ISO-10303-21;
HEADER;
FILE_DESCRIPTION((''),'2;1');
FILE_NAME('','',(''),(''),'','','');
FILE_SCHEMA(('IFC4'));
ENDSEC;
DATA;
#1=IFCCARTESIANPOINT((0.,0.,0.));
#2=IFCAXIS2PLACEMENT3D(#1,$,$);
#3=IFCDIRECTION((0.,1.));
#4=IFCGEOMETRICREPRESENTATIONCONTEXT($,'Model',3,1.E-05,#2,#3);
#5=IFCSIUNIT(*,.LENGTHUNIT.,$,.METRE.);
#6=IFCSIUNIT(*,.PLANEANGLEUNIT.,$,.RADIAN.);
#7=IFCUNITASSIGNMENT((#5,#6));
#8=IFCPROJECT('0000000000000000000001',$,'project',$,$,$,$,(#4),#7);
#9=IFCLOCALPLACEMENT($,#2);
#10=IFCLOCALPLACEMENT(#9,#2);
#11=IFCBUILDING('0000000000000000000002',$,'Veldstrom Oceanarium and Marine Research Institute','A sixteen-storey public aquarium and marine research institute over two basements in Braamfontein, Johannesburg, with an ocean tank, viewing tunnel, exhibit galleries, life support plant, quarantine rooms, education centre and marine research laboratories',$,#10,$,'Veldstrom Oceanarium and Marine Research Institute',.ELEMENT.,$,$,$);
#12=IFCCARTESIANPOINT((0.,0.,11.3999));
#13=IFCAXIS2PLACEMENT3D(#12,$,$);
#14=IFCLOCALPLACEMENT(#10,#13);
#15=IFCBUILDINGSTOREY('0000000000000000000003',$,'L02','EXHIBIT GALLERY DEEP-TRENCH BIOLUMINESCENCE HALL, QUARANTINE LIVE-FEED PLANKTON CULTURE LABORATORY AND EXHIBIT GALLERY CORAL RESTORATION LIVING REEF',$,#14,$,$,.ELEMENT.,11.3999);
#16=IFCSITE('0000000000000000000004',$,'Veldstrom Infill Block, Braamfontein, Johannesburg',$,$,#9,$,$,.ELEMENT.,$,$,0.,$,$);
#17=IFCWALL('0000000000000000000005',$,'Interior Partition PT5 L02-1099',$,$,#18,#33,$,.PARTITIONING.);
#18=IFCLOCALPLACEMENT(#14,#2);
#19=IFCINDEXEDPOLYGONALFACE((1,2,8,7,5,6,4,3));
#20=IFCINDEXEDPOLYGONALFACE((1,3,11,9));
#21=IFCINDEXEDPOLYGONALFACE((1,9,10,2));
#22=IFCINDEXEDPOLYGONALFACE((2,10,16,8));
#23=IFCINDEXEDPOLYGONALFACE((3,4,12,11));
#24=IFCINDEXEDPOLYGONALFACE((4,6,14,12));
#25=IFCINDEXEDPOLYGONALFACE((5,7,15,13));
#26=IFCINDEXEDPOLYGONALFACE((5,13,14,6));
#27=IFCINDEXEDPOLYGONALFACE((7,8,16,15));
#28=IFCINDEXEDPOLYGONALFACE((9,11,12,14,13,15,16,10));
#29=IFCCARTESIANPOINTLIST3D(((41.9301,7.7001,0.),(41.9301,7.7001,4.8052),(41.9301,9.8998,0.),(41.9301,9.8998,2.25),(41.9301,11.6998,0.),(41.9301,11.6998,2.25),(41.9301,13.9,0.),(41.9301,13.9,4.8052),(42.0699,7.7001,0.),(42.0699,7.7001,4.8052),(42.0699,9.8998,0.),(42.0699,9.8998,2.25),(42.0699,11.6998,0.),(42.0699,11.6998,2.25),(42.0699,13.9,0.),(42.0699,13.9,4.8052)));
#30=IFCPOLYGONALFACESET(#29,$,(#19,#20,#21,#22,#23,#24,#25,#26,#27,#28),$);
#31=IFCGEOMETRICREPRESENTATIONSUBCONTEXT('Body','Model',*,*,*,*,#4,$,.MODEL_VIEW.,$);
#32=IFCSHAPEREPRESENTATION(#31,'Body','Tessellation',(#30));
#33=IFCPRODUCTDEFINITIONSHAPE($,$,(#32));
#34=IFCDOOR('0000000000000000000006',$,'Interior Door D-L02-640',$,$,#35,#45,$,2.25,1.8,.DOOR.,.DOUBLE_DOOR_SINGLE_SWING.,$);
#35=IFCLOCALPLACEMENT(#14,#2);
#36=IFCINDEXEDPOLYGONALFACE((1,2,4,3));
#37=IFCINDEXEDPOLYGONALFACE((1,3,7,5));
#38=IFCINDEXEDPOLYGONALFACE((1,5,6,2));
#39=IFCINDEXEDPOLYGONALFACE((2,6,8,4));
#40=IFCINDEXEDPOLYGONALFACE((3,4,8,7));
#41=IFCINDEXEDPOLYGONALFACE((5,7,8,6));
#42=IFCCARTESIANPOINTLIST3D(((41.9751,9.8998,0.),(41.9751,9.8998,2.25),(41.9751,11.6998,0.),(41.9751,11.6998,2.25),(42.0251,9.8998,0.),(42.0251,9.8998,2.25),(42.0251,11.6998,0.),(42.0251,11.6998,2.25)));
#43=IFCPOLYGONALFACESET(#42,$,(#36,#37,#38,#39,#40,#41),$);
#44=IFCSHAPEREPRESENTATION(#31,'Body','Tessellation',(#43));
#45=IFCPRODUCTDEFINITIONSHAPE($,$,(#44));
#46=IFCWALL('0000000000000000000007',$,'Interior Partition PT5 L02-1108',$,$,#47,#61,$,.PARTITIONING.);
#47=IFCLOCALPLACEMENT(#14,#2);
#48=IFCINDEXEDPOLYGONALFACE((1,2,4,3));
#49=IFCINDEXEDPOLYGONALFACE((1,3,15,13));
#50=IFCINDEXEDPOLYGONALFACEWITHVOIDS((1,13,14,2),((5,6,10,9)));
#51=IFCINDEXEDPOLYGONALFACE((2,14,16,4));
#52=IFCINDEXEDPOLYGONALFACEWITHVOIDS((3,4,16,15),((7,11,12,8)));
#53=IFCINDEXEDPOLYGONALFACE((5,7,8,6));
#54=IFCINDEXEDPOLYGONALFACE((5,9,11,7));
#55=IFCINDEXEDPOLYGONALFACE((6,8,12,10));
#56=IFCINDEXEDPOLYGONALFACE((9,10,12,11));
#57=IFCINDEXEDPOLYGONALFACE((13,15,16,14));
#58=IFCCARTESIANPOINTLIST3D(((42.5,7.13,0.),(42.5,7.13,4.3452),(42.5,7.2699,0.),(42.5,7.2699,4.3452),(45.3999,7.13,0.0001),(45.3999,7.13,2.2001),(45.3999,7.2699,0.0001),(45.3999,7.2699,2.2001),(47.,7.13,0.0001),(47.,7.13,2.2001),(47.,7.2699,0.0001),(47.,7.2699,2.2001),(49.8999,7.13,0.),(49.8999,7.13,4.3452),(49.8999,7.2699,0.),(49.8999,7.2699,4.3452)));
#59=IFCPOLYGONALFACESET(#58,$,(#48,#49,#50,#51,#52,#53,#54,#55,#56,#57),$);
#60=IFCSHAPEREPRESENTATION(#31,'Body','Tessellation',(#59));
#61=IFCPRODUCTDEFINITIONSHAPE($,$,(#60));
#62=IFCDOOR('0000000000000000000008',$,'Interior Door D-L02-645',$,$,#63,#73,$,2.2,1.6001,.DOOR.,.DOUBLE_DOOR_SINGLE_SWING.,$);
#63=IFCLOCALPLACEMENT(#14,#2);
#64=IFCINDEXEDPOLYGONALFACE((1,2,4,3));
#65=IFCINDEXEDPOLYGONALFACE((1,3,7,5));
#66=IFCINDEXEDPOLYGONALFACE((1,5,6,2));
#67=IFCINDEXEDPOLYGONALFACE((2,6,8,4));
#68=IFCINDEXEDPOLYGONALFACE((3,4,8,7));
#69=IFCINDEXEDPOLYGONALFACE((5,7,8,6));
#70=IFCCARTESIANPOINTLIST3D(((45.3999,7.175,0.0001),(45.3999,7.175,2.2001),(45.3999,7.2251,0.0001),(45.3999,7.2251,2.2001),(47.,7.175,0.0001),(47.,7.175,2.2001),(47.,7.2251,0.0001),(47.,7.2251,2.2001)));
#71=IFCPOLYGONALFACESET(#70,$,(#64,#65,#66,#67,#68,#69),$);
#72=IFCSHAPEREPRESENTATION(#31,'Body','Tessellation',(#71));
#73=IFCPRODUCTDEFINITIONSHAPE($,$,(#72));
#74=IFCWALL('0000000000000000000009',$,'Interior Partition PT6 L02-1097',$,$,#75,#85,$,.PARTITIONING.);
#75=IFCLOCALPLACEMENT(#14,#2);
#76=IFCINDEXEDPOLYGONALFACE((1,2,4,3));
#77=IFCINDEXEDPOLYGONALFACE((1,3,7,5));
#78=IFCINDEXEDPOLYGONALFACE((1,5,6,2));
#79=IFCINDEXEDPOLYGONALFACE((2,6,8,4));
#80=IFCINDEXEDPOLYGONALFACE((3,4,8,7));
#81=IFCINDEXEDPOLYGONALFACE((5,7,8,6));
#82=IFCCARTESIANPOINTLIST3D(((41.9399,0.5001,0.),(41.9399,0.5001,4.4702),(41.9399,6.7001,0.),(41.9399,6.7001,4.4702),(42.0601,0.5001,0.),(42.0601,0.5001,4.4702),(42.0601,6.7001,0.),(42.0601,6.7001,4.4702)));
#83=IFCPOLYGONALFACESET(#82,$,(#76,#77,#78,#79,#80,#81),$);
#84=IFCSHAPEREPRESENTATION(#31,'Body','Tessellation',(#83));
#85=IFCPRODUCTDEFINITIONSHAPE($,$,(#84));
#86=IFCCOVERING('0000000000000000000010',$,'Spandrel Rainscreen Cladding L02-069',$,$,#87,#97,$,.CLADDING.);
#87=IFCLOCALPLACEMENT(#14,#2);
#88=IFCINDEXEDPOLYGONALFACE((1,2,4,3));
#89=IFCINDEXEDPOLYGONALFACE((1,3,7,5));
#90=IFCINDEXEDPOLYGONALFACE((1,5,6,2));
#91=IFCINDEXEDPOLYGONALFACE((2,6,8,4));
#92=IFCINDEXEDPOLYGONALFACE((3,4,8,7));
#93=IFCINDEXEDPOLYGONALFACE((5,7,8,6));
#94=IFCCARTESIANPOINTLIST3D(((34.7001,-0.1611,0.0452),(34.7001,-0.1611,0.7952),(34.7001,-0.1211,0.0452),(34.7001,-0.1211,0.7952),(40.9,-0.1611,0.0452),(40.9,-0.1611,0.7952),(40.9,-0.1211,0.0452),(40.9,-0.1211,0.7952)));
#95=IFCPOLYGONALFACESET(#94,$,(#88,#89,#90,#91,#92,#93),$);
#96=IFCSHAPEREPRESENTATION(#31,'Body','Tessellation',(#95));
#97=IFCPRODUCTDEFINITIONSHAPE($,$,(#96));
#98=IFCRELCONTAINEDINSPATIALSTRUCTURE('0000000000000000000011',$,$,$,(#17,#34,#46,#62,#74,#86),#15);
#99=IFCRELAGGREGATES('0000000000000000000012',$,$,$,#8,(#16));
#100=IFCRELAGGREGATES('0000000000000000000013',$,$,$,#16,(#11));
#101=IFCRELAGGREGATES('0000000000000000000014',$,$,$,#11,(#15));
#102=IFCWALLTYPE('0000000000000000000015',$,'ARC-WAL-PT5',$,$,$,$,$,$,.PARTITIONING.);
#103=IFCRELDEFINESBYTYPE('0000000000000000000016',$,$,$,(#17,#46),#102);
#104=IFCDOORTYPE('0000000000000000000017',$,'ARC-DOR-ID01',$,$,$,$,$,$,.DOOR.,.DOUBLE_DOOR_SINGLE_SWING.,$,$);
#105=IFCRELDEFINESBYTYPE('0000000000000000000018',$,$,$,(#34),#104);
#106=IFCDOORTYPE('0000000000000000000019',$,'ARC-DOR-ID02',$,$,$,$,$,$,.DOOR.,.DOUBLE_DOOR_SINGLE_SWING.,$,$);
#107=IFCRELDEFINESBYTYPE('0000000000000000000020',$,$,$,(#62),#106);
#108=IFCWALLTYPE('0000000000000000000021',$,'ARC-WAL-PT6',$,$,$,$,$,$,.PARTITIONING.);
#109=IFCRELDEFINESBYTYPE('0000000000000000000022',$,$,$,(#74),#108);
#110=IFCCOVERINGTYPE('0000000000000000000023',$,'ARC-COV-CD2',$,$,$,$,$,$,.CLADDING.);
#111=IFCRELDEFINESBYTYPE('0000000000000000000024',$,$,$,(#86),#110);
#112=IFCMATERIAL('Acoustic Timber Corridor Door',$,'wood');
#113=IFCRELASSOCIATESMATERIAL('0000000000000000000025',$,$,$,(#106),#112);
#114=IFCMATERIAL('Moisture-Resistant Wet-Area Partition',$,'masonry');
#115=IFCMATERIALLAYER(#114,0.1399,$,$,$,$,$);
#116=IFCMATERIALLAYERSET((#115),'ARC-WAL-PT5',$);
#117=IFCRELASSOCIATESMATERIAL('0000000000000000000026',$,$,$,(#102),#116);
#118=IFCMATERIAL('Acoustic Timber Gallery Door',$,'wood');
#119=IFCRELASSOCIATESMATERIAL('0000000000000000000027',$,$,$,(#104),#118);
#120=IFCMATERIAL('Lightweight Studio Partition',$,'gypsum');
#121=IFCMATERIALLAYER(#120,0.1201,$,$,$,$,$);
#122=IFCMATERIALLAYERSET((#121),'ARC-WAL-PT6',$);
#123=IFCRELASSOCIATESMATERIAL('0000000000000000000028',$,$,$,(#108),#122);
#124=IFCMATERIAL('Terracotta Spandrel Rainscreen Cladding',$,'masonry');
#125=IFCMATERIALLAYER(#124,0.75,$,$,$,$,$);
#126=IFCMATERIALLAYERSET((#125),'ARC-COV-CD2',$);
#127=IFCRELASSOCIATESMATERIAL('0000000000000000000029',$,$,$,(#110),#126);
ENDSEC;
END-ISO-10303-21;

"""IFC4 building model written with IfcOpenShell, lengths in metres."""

from ifc_helpers import new_model, si_unit, direction, frame, frame_2d, origin, origin_2d, place, context, subcontext, project, spatial, rectangle, extrude, material, layer, layer_set, type_object, element, fill, save


model = new_model("IFC4")

# Units and contexts
model_context = context("Model", 3, precision=1e-05, world=origin(), true_north=direction((0.0, 1.0)))
body_context = subcontext(model_context, "Body", "Model", "MODEL_VIEW")
ifc_project = project(units=[si_unit("LENGTHUNIT", "METRE"), si_unit("PLANEANGLEUNIT", "RADIAN")], contexts=[model_context])

# Site, building, storey
site_placement = place(None, origin())
site = spatial("IfcSite", under=ifc_project, at=site_placement, Name="Veldstrom Infill Block, Braamfontein, Johannesburg", CompositionType="ELEMENT", RefElevation=0.0)
building_placement = place(site_placement, origin())
building = spatial("IfcBuilding", under=site, at=building_placement, Name="Veldstrom Oceanarium and Marine Research Institute", Description="A sixteen-storey public aquarium and marine research institute over two basements in Braamfontein, Johannesburg, with an ocean tank, viewing tunnel, exhibit galleries, life support plant, quarantine rooms, education centre and marine research laboratories", LongName="Veldstrom Oceanarium and Marine Research Institute", CompositionType="ELEMENT")
storey_placement = place(building_placement, frame((0.0, 0.0, 11.3999)))
storey = spatial("IfcBuildingStorey", under=building, at=storey_placement, Name="L02", Description="EXHIBIT GALLERY DEEP-TRENCH BIOLUMINESCENCE HALL, QUARANTINE LIVE-FEED PLANKTON CULTURE LABORATORY AND EXHIBIT GALLERY CORAL RESTORATION LIVING REEF", CompositionType="ELEMENT", Elevation=11.3999)

# Walls, openings, doors
ifc_material_1 = material(Name="Acoustic Timber Corridor Door", Category="wood")
door_type_1 = type_object("IfcDoorType", Name="ARC-DOR-ID02", OperationType="DOUBLE_DOOR_SINGLE_SWING", PredefinedType="DOOR", material=ifc_material_1)
ifc_material_2 = material(Name="Moisture-Resistant Wet-Area Partition", Category="masonry")
ifc_layer_1 = layer(ifc_material_2, 0.1399)
ifc_layer_set_1 = layer_set([ifc_layer_1], Name="ARC-WAL-PT5")
wall_type_1 = type_object("IfcWallType", Name="ARC-WAL-PT5", PredefinedType="PARTITIONING", material=ifc_layer_set_1)
wall_1_placement = place(storey_placement, frame((42.0, 7.7, 0.0), z_axis=(0.0, 0.0, 1.0), x_axis=(0.0, 1.0, 0.0)))
wall_1 = element("IfcWall", 1, at=wall_1_placement, inside=storey, type_object=wall_type_1, Name="Interior Partition PT5 L02-1099", PredefinedType="PARTITIONING", context=body_context, shape_type="SweptSolid", body=[
    extrude(rectangle(XDim=6.2, YDim=0.1399, at=frame_2d((3.1001, 0.0))), origin(), (0.0, 0.0, 1.0), 4.8052),
])
opening_1_placement = place(wall_1_placement, frame((2.2, 0.0, 0.0)))
opening_1 = element("IfcOpeningElement", 2, at=opening_1_placement, cuts=wall_1, PredefinedType="OPENING", context=body_context, shape_type="SweptSolid", body=[
    extrude(rectangle(XDim=1.8, YDim=2.25, at=frame_2d((0.8999, 1.125))), frame((0.0, 0.0798, 0.0), z_axis=(0.0, -1.0, 0.0), x_axis=(1.0, 0.0, 0.0)), (0.0, 0.0, 1.0), 0.1599),
])
ifc_material_3 = material(Name="Acoustic Timber Gallery Door", Category="wood")
door_type_2 = type_object("IfcDoorType", Name="ARC-DOR-ID01", OperationType="DOUBLE_DOOR_SINGLE_SWING", PredefinedType="DOOR", material=ifc_material_3)
door_1_placement = place(opening_1_placement, origin())
door_1 = element("IfcDoor", 3, at=door_1_placement, inside=storey, type_object=door_type_2, Name="Interior Door D-L02-640", OperationType="DOUBLE_DOOR_SINGLE_SWING", OverallHeight=2.25, OverallWidth=1.8, PredefinedType="DOOR", context=body_context, shape_type="SweptSolid", body=[
    extrude(rectangle(XDim=1.8, YDim=2.25, at=frame_2d((0.8999, 1.125))), frame((0.0, 0.0249, 0.0), z_axis=(0.0, -1.0, 0.0), x_axis=(1.0, 0.0, 0.0)), (0.0, 0.0, 1.0), 0.05),
])
fill(opening_1, door_1)
wall_2_placement = place(storey_placement, frame((42.5, 7.2, 0.0), z_axis=(0.0, 0.0, 1.0), x_axis=(1.0, 0.0, 0.0)))
wall_2 = element("IfcWall", 4, at=wall_2_placement, inside=storey, type_object=wall_type_1, Name="Interior Partition PT5 L02-1108", PredefinedType="PARTITIONING", context=body_context, shape_type="SweptSolid", body=[
    extrude(rectangle(XDim=7.3999, YDim=0.1399, at=frame_2d((3.7, 0.0))), origin(), (0.0, 0.0, 1.0), 4.3452),
])
opening_2_placement = place(wall_2_placement, frame((2.8999, 0.0, 0.0)))
opening_2 = element("IfcOpeningElement", 5, at=opening_2_placement, cuts=wall_2, PredefinedType="OPENING", context=body_context, shape_type="SweptSolid", body=[
    extrude(rectangle(XDim=1.6001, YDim=2.2, at=frame_2d((0.8, 1.1001))), frame((0.0, 0.0798, 0.0), z_axis=(0.0, -1.0, 0.0), x_axis=(1.0, 0.0, 0.0)), (0.0, 0.0, 1.0), 0.1599),
])
door_2_placement = place(opening_2_placement, frame((1.6001, 0.0, 0.0), z_axis=(0.0, 0.0, 1.0), x_axis=(-1.0, 0.0, 0.0)))
door_2 = element("IfcDoor", 6, at=door_2_placement, inside=storey, type_object=door_type_1, Name="Interior Door D-L02-645", OperationType="DOUBLE_DOOR_SINGLE_SWING", OverallHeight=2.2, OverallWidth=1.6001, PredefinedType="DOOR", context=body_context, shape_type="SweptSolid", body=[
    extrude(rectangle(XDim=1.6001, YDim=2.2, at=frame_2d((0.8, 1.1001))), frame((0.0, 0.0249, 0.0), z_axis=(0.0, -1.0, 0.0), x_axis=(1.0, 0.0, 0.0)), (0.0, 0.0, 1.0), 0.05),
])
fill(opening_2, door_2)

# Wall
ifc_material_4 = material(Name="Lightweight Studio Partition", Category="gypsum")
ifc_layer_2 = layer(ifc_material_4, 0.1201)
ifc_layer_set_2 = layer_set([ifc_layer_2], Name="ARC-WAL-PT6")
wall_type_2 = type_object("IfcWallType", Name="ARC-WAL-PT6", PredefinedType="PARTITIONING", material=ifc_layer_set_2)
wall_3_placement = place(storey_placement, frame((42.0, 0.5, 0.0), z_axis=(0.0, 0.0, 1.0), x_axis=(0.0, 1.0, 0.0)))
element("IfcWall", 7, at=wall_3_placement, inside=storey, type_object=wall_type_2, Name="Interior Partition PT6 L02-1097", PredefinedType="PARTITIONING", context=body_context, shape_type="SweptSolid", body=[
    extrude(rectangle(XDim=6.2, YDim=0.1201, at=frame_2d((3.1001, 0.0))), origin(), (0.0, 0.0, 1.0), 4.4702),
])

# Covering
ifc_material_5 = material(Name="Terracotta Spandrel Rainscreen Cladding", Category="masonry")
ifc_layer_3 = layer(ifc_material_5, 0.75)
ifc_layer_set_3 = layer_set([ifc_layer_3], Name="ARC-COV-CD2")
covering_type = type_object("IfcCoveringType", Name="ARC-COV-CD2", PredefinedType="CLADDING", material=ifc_layer_set_3)
covering_placement = place(storey_placement, frame((37.8, -0.1411, 0.0452), z_axis=(0.0, 0.0, 1.0), x_axis=(1.0, 0.0, 0.0)))
element("IfcCovering", 8, at=covering_placement, inside=storey, type_object=covering_type, Name="Spandrel Rainscreen Cladding L02-069", PredefinedType="CLADDING", context=body_context, shape_type="SweptSolid", body=[
    extrude(rectangle(XDim=6.2, YDim=0.04, at=origin_2d()), origin(), (0.0, 0.0, 1.0), 0.75),
])

save(model, "model.ifc")
